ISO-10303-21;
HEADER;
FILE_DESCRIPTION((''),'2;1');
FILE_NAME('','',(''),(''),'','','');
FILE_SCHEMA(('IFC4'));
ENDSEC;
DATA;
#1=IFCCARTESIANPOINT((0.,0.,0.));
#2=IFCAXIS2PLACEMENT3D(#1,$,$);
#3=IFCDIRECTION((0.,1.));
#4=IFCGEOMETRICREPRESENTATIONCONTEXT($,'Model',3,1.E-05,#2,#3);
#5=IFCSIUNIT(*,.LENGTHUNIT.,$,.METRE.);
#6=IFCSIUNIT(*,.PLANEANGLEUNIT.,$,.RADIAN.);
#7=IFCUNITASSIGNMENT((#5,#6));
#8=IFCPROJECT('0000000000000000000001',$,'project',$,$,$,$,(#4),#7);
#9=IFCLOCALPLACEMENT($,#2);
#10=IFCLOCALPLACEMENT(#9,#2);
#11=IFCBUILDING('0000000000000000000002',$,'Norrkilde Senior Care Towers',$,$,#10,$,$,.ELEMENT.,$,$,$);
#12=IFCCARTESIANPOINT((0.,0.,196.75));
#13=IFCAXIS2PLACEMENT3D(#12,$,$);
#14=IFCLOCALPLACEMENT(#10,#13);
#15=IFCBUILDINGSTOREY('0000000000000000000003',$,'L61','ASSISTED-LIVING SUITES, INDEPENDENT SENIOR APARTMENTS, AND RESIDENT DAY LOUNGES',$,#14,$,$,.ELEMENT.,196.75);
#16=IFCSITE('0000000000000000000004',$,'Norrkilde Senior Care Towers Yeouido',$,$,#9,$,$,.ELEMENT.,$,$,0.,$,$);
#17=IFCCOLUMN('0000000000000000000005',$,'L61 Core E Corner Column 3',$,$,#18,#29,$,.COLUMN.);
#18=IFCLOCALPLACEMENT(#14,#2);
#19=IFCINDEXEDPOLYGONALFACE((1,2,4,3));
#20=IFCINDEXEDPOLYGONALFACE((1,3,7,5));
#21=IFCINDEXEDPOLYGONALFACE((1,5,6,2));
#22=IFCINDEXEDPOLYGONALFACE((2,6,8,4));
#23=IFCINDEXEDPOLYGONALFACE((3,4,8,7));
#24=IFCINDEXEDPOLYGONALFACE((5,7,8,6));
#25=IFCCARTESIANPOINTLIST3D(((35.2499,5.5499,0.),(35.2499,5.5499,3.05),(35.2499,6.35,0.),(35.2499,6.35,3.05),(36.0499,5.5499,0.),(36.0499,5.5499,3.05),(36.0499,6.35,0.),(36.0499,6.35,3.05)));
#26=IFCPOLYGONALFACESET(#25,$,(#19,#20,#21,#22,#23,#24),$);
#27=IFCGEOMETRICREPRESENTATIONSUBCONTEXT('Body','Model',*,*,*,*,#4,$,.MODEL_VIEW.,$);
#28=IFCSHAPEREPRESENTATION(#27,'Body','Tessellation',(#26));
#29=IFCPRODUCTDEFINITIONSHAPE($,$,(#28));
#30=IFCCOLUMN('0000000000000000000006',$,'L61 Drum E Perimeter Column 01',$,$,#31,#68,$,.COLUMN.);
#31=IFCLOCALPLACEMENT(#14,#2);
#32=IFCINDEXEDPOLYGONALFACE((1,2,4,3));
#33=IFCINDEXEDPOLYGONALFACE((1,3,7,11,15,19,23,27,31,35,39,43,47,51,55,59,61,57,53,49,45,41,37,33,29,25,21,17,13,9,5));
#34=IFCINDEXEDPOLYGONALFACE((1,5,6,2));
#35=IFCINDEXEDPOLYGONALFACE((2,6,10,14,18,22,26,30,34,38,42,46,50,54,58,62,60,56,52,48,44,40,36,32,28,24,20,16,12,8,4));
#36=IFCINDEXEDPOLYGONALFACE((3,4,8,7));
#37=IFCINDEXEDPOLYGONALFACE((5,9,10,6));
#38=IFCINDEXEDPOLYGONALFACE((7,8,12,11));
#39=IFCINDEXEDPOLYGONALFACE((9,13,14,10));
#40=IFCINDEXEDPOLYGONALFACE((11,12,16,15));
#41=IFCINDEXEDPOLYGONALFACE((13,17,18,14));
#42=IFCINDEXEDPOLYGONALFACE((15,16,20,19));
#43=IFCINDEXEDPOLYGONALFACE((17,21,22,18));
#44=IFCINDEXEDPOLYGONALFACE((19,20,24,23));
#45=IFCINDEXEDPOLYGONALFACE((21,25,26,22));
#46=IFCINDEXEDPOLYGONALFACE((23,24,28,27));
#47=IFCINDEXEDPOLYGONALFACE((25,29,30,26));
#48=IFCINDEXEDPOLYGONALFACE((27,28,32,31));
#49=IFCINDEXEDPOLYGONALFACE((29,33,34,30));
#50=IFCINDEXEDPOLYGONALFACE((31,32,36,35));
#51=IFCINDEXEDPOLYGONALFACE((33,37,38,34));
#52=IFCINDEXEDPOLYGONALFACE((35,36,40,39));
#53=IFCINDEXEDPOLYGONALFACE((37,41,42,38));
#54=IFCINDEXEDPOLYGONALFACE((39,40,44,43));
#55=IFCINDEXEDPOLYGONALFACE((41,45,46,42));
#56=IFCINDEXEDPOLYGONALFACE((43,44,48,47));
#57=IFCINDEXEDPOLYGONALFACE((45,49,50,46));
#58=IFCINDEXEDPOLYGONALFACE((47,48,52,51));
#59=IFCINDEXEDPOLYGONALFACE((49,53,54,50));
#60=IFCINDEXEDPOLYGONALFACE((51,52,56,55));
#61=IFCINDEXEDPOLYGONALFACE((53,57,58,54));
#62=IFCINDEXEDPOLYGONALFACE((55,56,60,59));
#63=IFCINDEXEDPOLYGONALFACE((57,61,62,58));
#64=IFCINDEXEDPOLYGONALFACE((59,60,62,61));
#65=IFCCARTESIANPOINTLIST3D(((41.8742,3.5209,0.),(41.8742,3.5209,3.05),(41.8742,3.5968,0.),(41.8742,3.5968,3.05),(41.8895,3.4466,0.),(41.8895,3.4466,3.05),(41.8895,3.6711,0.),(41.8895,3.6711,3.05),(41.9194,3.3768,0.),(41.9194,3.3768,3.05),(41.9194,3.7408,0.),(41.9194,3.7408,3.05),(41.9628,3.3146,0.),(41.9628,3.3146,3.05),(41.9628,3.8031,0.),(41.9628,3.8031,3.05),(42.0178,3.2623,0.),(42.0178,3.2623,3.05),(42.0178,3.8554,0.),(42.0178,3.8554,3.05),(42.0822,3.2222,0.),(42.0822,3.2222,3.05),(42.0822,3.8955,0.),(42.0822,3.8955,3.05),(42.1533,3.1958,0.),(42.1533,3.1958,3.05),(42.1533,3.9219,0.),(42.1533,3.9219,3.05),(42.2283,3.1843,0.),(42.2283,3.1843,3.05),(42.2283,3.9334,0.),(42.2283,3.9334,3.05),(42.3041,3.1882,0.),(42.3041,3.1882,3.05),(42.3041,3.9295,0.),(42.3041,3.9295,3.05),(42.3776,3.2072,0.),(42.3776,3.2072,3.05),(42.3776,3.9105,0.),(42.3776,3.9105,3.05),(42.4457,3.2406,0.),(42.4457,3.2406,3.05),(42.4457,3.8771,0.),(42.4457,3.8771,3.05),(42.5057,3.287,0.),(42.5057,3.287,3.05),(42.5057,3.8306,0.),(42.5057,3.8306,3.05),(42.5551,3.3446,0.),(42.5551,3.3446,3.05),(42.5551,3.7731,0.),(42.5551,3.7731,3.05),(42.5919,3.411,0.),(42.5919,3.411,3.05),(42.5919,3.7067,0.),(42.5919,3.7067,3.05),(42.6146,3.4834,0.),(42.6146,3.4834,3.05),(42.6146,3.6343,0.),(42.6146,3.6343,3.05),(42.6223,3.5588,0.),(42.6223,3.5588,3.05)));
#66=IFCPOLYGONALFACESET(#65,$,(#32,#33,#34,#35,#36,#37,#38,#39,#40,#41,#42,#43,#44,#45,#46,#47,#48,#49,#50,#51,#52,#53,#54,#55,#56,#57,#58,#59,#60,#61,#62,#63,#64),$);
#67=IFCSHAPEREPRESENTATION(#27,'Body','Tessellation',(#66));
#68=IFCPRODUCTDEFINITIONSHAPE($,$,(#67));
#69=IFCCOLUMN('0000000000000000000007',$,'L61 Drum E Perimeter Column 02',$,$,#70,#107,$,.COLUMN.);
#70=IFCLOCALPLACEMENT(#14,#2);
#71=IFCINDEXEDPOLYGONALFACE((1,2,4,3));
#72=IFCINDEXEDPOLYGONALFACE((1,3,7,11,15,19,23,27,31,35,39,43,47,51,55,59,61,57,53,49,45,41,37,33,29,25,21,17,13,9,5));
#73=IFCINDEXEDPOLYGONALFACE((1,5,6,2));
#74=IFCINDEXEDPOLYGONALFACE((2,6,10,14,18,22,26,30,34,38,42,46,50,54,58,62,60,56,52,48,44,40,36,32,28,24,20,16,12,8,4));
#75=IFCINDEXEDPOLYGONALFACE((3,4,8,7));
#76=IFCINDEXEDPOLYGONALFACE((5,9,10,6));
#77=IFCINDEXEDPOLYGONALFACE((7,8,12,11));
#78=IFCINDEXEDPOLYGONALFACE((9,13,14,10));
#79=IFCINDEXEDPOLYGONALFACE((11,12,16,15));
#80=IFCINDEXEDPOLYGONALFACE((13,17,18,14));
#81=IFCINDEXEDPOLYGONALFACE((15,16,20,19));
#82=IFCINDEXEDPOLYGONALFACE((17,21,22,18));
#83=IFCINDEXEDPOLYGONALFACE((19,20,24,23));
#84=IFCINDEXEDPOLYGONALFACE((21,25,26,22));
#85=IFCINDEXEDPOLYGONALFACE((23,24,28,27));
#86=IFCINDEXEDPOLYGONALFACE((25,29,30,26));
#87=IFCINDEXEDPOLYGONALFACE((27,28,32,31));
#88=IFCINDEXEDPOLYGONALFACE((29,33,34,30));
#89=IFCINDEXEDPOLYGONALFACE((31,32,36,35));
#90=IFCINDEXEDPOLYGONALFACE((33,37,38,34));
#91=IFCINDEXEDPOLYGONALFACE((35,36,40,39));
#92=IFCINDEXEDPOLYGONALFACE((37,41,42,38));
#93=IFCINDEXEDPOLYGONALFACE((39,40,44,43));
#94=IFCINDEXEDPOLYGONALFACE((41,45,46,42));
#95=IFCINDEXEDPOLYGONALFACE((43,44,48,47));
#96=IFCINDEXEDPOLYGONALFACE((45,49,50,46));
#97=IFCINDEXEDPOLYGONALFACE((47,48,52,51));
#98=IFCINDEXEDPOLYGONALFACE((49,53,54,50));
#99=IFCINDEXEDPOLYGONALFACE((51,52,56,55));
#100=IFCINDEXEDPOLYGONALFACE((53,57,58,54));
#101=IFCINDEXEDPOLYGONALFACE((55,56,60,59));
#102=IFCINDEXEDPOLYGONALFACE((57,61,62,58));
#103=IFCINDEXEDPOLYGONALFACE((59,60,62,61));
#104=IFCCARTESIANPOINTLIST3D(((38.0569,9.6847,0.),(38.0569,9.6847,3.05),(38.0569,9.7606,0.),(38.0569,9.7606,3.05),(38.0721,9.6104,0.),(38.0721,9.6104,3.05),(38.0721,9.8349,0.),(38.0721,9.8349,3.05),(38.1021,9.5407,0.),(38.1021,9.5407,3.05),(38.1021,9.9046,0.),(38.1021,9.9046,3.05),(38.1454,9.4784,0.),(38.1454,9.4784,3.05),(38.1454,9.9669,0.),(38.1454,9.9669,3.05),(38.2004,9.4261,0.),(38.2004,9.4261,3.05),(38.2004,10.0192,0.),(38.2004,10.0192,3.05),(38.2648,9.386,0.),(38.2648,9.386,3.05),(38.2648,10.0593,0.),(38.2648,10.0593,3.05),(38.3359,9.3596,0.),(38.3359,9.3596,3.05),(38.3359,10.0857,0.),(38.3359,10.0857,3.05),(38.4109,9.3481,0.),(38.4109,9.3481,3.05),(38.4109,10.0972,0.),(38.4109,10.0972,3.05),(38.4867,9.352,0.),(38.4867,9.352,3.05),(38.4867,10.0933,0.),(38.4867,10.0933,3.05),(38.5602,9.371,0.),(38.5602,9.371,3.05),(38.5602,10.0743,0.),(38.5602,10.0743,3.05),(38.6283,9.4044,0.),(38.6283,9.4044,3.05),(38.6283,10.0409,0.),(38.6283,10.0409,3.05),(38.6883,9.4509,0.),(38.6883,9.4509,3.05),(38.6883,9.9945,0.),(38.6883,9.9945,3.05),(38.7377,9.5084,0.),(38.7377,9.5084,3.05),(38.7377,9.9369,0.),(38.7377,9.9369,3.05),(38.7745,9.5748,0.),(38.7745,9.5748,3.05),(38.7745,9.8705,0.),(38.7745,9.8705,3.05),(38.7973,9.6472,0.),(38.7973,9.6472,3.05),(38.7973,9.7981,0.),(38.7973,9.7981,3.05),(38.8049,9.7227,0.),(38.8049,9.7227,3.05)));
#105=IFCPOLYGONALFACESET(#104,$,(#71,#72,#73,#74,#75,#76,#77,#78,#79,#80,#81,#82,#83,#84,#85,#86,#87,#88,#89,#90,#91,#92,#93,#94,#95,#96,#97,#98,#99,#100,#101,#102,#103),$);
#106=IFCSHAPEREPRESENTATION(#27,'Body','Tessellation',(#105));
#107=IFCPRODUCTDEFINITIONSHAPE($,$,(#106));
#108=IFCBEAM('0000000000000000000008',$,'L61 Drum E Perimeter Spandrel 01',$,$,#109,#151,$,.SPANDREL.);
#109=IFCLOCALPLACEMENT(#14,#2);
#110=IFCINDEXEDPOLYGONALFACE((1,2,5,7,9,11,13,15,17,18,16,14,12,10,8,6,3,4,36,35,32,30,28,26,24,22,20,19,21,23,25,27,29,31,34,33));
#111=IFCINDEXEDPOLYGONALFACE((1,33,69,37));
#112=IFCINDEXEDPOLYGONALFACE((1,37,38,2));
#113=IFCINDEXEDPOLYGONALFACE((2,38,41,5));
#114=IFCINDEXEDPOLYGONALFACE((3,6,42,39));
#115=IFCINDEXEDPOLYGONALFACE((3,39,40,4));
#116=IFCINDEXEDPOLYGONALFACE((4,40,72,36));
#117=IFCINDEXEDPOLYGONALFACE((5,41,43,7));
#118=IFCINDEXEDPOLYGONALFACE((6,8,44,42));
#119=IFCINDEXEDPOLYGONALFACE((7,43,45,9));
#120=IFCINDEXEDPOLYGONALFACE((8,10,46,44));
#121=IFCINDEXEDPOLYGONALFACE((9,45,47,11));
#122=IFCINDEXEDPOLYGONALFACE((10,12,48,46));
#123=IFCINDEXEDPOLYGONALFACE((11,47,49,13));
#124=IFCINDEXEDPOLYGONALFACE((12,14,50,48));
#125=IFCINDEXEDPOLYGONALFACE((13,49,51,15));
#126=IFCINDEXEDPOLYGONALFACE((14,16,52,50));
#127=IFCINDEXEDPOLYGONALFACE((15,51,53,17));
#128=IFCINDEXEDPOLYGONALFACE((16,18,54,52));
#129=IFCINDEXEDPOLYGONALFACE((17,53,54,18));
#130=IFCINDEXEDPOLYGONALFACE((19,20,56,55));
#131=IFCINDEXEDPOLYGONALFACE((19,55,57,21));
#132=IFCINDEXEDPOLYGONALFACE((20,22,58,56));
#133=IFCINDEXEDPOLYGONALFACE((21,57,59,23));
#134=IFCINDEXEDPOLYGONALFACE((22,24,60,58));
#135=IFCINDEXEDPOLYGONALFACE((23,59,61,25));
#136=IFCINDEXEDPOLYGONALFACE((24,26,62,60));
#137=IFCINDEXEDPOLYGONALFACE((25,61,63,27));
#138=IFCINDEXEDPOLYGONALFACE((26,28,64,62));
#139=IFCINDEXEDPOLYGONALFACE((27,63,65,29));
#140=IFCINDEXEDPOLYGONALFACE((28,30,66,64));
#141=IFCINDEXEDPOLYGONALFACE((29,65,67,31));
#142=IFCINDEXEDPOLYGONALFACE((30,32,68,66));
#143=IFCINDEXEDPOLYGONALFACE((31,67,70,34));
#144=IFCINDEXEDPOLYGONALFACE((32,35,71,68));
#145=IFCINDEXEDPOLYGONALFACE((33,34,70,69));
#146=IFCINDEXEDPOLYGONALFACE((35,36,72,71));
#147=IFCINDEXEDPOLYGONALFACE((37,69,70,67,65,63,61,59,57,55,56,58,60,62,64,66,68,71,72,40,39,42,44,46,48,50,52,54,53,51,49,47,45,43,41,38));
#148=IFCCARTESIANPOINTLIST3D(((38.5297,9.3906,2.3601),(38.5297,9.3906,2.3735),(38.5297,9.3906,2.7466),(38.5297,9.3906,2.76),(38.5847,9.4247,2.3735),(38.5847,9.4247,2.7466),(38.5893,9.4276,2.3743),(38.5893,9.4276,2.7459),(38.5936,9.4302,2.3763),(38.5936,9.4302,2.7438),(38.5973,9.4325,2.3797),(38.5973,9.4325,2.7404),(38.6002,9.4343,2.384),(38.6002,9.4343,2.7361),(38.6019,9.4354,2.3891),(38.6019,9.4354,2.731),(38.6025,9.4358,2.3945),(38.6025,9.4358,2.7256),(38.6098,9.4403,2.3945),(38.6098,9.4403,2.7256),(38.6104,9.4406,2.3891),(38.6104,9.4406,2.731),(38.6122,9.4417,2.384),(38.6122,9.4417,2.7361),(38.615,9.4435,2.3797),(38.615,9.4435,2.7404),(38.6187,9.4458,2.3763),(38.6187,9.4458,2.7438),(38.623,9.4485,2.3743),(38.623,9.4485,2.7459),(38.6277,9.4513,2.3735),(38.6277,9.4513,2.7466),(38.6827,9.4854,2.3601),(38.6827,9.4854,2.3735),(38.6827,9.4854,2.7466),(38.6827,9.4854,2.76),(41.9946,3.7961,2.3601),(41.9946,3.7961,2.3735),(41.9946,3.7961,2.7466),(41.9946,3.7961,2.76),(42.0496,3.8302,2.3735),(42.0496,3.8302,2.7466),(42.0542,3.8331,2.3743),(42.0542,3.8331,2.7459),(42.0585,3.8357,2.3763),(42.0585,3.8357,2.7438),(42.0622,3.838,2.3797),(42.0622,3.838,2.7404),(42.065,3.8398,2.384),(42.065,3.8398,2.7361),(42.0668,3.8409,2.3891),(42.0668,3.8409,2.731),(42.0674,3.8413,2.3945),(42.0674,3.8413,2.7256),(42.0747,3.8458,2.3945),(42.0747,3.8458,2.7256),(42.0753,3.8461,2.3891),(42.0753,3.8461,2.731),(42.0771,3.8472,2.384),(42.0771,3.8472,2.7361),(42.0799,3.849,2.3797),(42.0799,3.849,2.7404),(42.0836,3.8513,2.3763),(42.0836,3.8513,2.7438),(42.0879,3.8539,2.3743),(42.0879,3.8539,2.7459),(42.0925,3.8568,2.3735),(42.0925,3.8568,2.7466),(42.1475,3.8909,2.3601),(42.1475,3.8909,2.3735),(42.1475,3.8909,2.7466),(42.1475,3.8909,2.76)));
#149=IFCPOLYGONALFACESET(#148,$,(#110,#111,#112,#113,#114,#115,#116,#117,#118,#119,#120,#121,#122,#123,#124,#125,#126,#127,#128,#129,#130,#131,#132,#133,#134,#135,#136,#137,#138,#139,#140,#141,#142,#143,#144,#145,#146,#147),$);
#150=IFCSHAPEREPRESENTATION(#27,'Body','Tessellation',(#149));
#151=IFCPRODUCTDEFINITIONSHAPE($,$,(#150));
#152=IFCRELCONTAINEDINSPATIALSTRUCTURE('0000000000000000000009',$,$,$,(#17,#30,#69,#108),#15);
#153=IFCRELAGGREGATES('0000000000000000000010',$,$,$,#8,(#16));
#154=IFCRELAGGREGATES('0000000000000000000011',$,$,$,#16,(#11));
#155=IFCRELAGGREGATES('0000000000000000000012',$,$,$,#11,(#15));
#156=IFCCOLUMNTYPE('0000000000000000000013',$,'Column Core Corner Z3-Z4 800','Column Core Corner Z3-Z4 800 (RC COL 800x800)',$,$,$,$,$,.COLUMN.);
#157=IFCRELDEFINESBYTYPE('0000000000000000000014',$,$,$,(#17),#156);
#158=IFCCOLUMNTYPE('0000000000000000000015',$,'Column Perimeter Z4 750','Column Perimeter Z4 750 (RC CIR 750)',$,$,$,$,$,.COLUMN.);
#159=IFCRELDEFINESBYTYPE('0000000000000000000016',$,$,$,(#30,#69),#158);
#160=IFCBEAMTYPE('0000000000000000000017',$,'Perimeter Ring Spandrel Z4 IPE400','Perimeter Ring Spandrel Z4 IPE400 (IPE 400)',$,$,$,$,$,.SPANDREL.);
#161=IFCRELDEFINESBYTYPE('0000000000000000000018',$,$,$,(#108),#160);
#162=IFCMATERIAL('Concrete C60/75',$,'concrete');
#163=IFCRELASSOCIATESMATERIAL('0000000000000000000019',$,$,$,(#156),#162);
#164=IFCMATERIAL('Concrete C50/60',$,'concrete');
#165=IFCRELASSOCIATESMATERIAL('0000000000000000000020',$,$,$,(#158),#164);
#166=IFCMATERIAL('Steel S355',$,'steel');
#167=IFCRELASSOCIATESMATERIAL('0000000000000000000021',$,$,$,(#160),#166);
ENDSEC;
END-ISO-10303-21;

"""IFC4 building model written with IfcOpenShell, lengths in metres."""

from ifc_helpers import new_model, si_unit, direction, frame, origin, origin_2d, place, context, subcontext, project, spatial, rectangle, circle, i_section, extrude, source, transform, mapped, material, material_profile, profile_set, type_object, type_shapes, element, save


model = new_model("IFC4")

# Units and contexts
model_context = context("Model", 3, precision=1e-05, world=origin(), true_north=direction((0.0, 1.0)))
body_context = subcontext(model_context, "Body", "Model", "MODEL_VIEW")
ifc_project = project(units=[si_unit("LENGTHUNIT", "METRE"), si_unit("PLANEANGLEUNIT", "RADIAN")], contexts=[model_context])

# Site, building, storey
site_placement = place(None, origin())
site = spatial("IfcSite", under=ifc_project, at=site_placement, Name="Norrkilde Senior Care Towers Yeouido", CompositionType="ELEMENT", RefElevation=0.0)
building_placement = place(site_placement, origin())
building = spatial("IfcBuilding", under=site, at=building_placement, Name="Norrkilde Senior Care Towers", CompositionType="ELEMENT")
storey_placement = place(building_placement, frame((0.0, 0.0, 196.75)))
storey = spatial("IfcBuildingStorey", under=building, at=storey_placement, Name="L61", Description="ASSISTED-LIVING SUITES, INDEPENDENT SENIOR APARTMENTS, AND RESIDENT DAY LOUNGES", CompositionType="ELEMENT", Elevation=196.75)

# Columns
ifc_material_1 = material(Name="Concrete C60/75", Category="concrete")
ifc_material_profile_1 = material_profile(ifc_material_1, rectangle(XDim=0.8, YDim=0.8, at=origin_2d()), Name="RC COL 800x800")
ifc_profile_set_1 = profile_set([ifc_material_profile_1], Name="Concrete C60/75")
column_type_1 = type_object("IfcColumnType", Name="Column Core Corner Z3-Z4 800", Description="Column Core Corner Z3-Z4 800 (RC COL 800x800)", PredefinedType="COLUMN", material=ifc_profile_set_1)
shared_shape_1 = source(origin(), body_context, "Body", "SweptSolid", [
    extrude(rectangle(XDim=0.8, YDim=0.8, at=origin_2d()), origin(), (0.0, 0.0, 1.0), 3.05),
])
type_shapes(column_type_1, [shared_shape_1])
column_placement = place(storey_placement, frame((35.6499, 5.95, 0.0), z_axis=(0.0, 0.0, 1.0), x_axis=(1.0, 0.0, 0.0)))
element("IfcColumn", 1, at=column_placement, inside=storey, type_object=column_type_1, Name="L61 Core E Corner Column 3", PredefinedType="COLUMN", context=body_context, shape_type="MappedRepresentation", body=[
    mapped(shared_shape_1, transform((0.0, 0.0, 0.0), x_axis=(1.0, 0.0, 0.0), y_axis=(0.0, 1.0, 0.0), z_axis=(0.0, 0.0, 1.0), scale=1.0)),
])
ifc_material_2 = material(Name="Concrete C50/60", Category="concrete")
ifc_material_profile_2 = material_profile(ifc_material_2, circle(Radius=0.375, at=origin_2d()), Name="RC CIR 750")
ifc_profile_set_2 = profile_set([ifc_material_profile_2], Name="Concrete C50/60")
column_type_2 = type_object("IfcColumnType", Name="Column Perimeter Z4 750", Description="Column Perimeter Z4 750 (RC CIR 750)", PredefinedType="COLUMN", material=ifc_profile_set_2)
shared_shape_2 = source(origin(), body_context, "Body", "SweptSolid", [
    extrude(circle(Radius=0.375, at=origin_2d()), origin(), (0.0, 0.0, 1.0), 3.05),
])
type_shapes(column_type_2, [shared_shape_2])
for number, where, z_axis, x_axis, name in (
    (2, (42.2473, 3.5588, 0.0), (0.0, 0.0, 1.0), (1.0, 0.0, 0.0), "L61 Drum E Perimeter Column 01"),
    (3, (38.4299, 9.7227, 0.0), (0.0, 0.0, 1.0), (1.0, 0.0, 0.0), "L61 Drum E Perimeter Column 02"),
):
    element("IfcColumn", number, at=place(storey_placement, frame(where, z_axis=z_axis, x_axis=x_axis)), inside=storey, type_object=column_type_2, Name=name, PredefinedType="COLUMN", context=body_context, shape_type="MappedRepresentation", body=[
        mapped(shared_shape_2, transform((0.0, 0.0, 0.0), x_axis=(1.0, 0.0, 0.0), y_axis=(0.0, 1.0, 0.0), z_axis=(0.0, 0.0, 1.0), scale=1.0)),
    ])

# Beam
ifc_material_3 = material(Name="Steel S355", Category="steel")
ifc_material_profile_3 = material_profile(ifc_material_3, i_section(OverallWidth=0.1799, OverallDepth=0.3999, WebThickness=0.0085, FlangeThickness=0.0134, FilletRadius=0.021, at=origin_2d()), Name="IPE 400")
ifc_profile_set_3 = profile_set([ifc_material_profile_3], Name="Steel S355")
beam_type_1 = type_object("IfcBeamType", Name="Perimeter Ring Spandrel Z4 IPE400", Description="Perimeter Ring Spandrel Z4 IPE400 (IPE 400)", PredefinedType="SPANDREL", material=ifc_profile_set_3)
shared_shape_3 = source(origin(), body_context, "Body", "SweptSolid", [
    extrude(i_section(OverallWidth=0.1799, OverallDepth=0.3999, WebThickness=0.0085, FlangeThickness=0.0134, FilletRadius=0.021, at=origin_2d()), origin(), (0.0, 0.0, 1.0), 6.5806),
])
beam_1_placement = place(storey_placement, frame((42.071, 3.8435, 2.5601), z_axis=(-0.52653, 0.850157, 0.0), x_axis=(-0.850157, -0.52653, 0.0)))
element("IfcBeam", 4, at=beam_1_placement, inside=storey, type_object=beam_type_1, Name="L61 Drum E Perimeter Spandrel 01", PredefinedType="SPANDREL", context=body_context, shape_type="MappedRepresentation", body=[
    mapped(shared_shape_3, transform((0.0, 0.0, 0.0), x_axis=(1.0, 0.0, 0.0), y_axis=(0.0, 1.0, 0.0), z_axis=(0.0, 0.0, 1.0), scale=1.0)),
])

save(model, "model.ifc")
